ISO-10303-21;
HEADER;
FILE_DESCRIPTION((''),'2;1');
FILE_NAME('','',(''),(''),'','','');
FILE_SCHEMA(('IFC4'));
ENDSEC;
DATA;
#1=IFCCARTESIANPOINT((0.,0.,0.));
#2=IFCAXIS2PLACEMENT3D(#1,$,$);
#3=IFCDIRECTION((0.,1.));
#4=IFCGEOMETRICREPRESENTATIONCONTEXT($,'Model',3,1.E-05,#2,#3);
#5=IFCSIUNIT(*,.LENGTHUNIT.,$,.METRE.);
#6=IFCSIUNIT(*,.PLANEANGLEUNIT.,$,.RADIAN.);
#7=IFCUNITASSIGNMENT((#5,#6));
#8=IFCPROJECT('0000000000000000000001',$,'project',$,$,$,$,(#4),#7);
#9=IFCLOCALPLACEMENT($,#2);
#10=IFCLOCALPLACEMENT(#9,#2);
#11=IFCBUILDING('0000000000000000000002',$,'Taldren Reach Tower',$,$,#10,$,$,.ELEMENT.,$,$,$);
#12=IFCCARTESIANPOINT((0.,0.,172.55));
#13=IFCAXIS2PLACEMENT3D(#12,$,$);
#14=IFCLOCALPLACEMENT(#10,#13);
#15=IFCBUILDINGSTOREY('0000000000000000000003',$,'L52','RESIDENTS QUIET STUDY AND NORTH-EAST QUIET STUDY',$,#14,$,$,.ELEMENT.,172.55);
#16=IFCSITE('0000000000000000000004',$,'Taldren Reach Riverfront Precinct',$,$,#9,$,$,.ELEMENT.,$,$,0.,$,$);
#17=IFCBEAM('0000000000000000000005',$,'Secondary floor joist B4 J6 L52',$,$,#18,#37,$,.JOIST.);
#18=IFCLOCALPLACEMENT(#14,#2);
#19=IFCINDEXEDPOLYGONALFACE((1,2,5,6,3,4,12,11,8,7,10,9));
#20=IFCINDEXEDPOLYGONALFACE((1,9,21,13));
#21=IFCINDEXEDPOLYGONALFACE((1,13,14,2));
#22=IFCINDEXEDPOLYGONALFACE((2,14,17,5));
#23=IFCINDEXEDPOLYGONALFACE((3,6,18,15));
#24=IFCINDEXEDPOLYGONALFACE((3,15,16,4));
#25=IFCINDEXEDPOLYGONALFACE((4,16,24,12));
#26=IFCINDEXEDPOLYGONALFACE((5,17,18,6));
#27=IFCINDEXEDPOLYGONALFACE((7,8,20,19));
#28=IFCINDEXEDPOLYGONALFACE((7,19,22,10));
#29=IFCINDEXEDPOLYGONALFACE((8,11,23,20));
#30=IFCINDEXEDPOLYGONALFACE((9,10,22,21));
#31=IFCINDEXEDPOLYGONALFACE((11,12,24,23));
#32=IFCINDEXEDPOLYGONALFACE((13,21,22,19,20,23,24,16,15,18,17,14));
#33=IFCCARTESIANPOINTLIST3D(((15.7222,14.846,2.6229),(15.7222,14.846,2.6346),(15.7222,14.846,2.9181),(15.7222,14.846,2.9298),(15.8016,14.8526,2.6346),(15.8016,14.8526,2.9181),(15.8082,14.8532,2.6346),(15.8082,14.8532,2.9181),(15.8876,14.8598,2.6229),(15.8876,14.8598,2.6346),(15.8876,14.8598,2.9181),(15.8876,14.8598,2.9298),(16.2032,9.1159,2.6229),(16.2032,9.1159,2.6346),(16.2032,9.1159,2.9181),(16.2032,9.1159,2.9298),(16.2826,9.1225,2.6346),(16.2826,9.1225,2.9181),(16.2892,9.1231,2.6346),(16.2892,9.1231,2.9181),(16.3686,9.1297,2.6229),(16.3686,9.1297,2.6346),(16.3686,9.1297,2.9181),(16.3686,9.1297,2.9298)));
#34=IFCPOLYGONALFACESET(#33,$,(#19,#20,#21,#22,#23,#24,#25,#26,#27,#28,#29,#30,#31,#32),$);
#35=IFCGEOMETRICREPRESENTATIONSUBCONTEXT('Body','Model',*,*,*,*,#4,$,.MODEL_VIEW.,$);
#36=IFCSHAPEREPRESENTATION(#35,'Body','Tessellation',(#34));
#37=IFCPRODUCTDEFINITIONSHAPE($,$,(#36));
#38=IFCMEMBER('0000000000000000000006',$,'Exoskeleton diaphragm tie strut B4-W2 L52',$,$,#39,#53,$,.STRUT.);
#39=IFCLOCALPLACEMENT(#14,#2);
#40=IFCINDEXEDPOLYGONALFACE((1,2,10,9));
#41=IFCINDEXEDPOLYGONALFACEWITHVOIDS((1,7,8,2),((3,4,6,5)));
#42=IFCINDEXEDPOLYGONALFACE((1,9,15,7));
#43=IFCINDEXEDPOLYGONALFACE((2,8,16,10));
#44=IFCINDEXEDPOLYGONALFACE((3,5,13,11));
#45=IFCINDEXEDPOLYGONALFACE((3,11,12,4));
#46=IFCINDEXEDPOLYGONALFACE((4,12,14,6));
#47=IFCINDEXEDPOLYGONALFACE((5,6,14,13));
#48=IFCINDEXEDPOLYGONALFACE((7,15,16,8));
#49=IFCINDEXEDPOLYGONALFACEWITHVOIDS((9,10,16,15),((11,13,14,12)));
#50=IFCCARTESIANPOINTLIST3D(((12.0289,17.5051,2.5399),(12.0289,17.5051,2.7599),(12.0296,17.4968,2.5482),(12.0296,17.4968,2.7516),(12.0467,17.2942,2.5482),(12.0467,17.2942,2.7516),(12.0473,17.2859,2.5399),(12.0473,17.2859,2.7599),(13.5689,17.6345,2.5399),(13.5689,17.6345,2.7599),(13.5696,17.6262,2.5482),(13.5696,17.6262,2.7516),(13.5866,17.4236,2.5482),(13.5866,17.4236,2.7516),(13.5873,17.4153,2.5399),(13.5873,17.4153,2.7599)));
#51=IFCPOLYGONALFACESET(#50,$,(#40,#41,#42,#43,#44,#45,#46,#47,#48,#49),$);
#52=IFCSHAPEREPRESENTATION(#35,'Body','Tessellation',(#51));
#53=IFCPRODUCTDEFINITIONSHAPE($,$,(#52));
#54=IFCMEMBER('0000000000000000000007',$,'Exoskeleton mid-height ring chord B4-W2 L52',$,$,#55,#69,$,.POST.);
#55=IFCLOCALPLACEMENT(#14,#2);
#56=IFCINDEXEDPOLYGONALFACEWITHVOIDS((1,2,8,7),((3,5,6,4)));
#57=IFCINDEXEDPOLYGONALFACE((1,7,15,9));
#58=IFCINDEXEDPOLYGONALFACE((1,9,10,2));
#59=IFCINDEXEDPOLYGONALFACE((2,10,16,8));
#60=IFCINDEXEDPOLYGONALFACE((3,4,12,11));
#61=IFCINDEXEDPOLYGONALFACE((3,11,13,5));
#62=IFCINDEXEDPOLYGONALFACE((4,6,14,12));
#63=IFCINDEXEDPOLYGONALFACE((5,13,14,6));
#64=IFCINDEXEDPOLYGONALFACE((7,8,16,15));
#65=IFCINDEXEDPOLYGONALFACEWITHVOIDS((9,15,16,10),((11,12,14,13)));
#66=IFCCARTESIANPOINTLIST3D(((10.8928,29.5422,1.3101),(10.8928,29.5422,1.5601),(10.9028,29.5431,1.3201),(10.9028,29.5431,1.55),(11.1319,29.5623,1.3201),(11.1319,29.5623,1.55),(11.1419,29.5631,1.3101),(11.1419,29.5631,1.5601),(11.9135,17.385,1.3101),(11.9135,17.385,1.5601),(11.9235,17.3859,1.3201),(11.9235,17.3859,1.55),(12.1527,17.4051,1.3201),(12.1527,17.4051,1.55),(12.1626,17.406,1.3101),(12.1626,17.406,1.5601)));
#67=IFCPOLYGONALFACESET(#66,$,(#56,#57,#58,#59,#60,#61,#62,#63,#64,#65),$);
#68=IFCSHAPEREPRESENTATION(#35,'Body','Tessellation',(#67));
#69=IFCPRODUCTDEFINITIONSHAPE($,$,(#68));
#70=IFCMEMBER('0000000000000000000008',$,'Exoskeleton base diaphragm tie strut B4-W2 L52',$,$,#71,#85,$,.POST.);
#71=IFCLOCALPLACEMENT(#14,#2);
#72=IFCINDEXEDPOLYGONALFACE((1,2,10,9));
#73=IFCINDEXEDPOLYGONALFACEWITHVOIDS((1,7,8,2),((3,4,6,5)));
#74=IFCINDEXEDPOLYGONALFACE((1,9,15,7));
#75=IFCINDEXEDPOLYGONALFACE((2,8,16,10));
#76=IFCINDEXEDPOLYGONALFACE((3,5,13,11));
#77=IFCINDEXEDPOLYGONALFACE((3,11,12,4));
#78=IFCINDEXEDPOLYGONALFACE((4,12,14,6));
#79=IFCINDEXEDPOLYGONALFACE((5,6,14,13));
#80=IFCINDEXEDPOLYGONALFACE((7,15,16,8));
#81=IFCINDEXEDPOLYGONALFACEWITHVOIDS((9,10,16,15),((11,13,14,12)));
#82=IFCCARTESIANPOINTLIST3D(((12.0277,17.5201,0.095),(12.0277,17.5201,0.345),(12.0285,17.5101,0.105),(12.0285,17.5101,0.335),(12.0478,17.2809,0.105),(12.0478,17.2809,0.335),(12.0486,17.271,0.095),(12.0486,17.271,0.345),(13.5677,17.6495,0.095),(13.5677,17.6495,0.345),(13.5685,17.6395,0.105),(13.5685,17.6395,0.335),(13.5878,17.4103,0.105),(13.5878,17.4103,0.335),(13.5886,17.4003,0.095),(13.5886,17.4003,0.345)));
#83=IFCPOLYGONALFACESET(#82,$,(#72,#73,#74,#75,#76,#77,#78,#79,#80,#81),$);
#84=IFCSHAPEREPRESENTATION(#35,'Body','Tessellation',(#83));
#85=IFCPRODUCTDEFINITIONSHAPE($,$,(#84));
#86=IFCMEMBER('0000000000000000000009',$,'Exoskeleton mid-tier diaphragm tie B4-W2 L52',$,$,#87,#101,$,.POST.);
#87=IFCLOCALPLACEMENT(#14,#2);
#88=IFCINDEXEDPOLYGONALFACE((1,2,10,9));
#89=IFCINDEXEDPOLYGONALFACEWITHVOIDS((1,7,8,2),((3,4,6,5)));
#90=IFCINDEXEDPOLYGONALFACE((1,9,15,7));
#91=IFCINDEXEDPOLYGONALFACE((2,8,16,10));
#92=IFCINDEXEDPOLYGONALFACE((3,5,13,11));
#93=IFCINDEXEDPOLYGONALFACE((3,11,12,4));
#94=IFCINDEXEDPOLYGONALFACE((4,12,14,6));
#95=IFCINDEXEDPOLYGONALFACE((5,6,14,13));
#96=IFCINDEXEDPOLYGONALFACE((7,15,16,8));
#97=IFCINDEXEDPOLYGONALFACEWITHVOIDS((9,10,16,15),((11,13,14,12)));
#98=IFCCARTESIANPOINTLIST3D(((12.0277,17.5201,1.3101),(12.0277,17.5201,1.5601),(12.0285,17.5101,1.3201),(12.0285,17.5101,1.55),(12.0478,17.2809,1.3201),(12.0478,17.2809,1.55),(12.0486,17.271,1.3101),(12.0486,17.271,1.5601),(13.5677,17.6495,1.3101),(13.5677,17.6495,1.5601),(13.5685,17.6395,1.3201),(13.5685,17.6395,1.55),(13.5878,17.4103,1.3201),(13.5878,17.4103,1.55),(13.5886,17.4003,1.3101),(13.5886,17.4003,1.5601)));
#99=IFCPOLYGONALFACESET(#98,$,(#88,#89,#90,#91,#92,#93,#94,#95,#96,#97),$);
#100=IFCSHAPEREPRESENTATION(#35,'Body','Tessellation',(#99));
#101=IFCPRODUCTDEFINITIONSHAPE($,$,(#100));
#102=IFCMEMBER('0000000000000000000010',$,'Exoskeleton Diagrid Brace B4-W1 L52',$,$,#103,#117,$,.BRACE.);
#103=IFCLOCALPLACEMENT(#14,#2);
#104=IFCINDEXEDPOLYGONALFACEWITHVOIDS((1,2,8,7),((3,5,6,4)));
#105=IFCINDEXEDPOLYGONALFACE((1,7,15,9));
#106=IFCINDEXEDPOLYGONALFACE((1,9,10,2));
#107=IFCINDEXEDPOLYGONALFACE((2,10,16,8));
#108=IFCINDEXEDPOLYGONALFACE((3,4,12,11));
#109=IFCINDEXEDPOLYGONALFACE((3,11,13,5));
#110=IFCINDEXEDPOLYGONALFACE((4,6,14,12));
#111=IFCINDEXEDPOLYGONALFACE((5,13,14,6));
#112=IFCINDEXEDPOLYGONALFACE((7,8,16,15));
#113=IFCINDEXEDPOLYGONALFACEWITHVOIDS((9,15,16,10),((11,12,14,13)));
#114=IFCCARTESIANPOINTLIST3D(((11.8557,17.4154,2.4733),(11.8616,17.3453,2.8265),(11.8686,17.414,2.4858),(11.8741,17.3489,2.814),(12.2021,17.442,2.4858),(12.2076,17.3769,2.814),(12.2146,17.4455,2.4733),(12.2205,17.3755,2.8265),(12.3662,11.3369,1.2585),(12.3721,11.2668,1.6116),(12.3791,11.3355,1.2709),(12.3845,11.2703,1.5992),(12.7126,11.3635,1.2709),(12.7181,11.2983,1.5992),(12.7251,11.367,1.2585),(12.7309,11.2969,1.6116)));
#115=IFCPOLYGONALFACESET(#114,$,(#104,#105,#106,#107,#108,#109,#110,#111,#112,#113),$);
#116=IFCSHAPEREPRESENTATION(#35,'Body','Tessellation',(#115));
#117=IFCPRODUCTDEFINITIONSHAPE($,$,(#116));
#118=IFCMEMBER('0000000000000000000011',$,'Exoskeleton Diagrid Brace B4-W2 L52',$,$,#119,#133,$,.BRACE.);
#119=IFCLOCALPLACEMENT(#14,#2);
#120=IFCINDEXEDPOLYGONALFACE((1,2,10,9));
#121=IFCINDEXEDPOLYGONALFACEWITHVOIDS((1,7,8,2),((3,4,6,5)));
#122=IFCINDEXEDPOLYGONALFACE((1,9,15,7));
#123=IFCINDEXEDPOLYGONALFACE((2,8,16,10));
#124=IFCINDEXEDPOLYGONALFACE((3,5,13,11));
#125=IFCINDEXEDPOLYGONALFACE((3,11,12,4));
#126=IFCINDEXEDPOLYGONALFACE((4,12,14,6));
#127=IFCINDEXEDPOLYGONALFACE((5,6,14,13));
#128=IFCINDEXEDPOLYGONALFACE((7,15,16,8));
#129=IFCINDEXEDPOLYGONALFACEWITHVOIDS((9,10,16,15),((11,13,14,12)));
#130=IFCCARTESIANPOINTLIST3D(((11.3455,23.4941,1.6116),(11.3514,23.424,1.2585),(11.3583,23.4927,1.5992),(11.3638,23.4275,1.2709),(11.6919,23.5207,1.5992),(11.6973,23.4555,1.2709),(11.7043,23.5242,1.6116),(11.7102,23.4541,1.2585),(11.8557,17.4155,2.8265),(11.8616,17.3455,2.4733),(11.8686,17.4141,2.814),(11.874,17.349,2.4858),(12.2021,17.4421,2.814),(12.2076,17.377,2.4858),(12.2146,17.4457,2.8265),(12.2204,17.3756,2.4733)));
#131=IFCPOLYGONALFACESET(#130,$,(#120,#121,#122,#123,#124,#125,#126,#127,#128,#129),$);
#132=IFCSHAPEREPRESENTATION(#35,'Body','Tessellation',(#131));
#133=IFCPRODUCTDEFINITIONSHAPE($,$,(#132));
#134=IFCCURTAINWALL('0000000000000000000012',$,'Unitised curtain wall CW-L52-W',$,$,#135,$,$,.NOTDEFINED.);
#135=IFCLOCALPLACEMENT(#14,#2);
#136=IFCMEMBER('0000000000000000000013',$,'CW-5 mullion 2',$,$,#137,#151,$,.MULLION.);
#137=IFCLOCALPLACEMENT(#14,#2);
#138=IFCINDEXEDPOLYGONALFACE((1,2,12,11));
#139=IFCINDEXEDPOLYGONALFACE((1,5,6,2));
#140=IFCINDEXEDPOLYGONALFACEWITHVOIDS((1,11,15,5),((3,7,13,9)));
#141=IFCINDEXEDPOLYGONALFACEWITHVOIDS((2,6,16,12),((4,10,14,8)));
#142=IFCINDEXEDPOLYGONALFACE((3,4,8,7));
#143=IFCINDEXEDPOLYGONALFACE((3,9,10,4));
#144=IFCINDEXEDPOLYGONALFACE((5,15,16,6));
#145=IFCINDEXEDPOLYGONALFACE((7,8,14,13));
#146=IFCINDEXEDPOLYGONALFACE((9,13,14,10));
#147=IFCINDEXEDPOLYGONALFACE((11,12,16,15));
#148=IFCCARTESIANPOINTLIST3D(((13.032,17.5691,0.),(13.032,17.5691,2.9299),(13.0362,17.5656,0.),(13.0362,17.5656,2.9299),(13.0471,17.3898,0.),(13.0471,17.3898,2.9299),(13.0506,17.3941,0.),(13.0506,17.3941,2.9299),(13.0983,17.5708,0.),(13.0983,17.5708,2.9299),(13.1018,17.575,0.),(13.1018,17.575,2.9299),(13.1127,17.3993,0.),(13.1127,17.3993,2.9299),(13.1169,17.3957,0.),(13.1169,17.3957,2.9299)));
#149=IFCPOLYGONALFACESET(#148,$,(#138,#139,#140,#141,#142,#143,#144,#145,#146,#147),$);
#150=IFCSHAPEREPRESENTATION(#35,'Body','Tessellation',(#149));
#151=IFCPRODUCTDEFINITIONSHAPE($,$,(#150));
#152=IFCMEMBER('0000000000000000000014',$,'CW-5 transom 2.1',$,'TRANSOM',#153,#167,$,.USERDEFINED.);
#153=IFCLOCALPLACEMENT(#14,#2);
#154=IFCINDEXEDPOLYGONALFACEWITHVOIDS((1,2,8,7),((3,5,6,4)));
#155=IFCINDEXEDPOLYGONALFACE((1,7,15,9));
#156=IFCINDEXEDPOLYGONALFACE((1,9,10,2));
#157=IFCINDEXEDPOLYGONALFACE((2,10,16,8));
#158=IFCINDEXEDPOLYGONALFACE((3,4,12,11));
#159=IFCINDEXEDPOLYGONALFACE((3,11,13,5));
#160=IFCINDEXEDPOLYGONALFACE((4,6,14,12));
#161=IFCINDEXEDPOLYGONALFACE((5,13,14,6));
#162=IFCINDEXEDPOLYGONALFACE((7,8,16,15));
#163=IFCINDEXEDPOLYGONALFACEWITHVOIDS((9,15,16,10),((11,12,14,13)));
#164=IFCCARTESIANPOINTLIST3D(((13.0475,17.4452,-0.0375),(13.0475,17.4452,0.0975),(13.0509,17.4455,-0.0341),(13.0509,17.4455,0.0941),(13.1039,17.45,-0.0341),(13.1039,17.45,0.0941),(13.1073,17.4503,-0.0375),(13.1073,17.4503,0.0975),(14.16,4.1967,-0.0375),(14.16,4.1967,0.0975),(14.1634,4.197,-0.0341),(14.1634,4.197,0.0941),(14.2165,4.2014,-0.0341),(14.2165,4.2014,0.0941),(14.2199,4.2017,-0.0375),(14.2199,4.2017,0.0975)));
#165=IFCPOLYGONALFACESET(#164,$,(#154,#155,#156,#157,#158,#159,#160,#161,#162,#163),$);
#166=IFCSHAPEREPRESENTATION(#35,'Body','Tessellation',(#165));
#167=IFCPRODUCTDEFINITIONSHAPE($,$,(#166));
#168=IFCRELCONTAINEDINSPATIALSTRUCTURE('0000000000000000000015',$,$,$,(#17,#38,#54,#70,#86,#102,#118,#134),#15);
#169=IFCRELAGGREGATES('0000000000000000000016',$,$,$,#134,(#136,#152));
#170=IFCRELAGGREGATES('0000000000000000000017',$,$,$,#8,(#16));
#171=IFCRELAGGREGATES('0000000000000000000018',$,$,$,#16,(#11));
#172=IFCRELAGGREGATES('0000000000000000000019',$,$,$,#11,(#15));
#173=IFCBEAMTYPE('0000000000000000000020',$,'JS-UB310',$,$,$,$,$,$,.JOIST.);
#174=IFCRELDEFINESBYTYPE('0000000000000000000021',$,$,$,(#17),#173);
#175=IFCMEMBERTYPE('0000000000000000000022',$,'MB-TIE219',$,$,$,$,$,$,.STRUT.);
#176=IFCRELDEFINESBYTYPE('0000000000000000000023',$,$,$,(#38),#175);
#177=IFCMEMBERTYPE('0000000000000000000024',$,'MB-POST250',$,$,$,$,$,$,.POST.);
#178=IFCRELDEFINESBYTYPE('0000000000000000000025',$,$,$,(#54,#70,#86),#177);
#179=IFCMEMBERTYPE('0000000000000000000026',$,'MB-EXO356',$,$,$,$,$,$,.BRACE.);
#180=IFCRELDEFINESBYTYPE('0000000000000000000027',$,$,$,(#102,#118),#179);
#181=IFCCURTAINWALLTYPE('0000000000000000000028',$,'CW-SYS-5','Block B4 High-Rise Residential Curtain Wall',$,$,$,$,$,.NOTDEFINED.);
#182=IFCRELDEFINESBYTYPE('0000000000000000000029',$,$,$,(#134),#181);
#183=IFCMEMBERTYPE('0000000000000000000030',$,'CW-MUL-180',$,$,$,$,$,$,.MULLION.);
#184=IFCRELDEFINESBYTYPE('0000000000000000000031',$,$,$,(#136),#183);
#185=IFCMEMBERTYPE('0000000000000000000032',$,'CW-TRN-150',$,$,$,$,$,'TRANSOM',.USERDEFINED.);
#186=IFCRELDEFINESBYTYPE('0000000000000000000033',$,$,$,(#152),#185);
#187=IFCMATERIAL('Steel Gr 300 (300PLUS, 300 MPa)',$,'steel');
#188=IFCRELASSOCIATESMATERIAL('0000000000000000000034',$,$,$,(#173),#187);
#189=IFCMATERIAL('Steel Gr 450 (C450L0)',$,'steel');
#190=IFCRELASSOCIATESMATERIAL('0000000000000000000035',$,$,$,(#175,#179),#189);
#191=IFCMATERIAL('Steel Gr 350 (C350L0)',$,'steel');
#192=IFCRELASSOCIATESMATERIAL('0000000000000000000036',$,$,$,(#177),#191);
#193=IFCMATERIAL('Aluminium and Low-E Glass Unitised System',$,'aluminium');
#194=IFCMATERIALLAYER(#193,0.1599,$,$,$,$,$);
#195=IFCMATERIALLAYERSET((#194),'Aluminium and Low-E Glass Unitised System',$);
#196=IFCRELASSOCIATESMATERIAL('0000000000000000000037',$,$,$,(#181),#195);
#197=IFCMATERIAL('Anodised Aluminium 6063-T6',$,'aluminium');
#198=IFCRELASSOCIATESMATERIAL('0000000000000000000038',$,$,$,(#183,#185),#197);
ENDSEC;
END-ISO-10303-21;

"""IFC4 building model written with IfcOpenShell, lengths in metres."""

from ifc_helpers import new_model, si_unit, direction, frame, origin, origin_2d, place, context, subcontext, project, spatial, hollow_rectangle, i_section, extrude, source, transform, mapped, material, layer, layer_set, material_profile, profile_set, type_object, element, aggregate, save


model = new_model("IFC4")

# Units and contexts
model_context = context("Model", 3, precision=1e-05, world=origin(), true_north=direction((0.0, 1.0)))
body_context = subcontext(model_context, "Body", "Model", "MODEL_VIEW")
ifc_project = project(units=[si_unit("LENGTHUNIT", "METRE"), si_unit("PLANEANGLEUNIT", "RADIAN")], contexts=[model_context])

# Site, building, storey
site_placement = place(None, origin())
site = spatial("IfcSite", under=ifc_project, at=site_placement, Name="Taldren Reach Riverfront Precinct", CompositionType="ELEMENT", RefElevation=0.0)
building_placement = place(site_placement, origin())
building = spatial("IfcBuilding", under=site, at=building_placement, Name="Taldren Reach Tower", CompositionType="ELEMENT")
storey_placement = place(building_placement, frame((0.0, 0.0, 172.55)))
storey = spatial("IfcBuildingStorey", under=building, at=storey_placement, Name="L52", Description="RESIDENTS QUIET STUDY AND NORTH-EAST QUIET STUDY", CompositionType="ELEMENT", Elevation=172.55)

# Beam
ifc_material_1 = material(Name="Steel Gr 300 (300PLUS, 300 MPa)", Category="steel")
ifc_material_profile_1 = material_profile(ifc_material_1, i_section(OverallWidth=0.166, OverallDepth=0.3069, WebThickness=0.0066, FlangeThickness=0.0117, at=origin_2d()), Name="310UB46.2")
ifc_profile_set_1 = profile_set([ifc_material_profile_1], Name="Steel Gr 300 (300PLUS, 300 MPa)")
beam_type_1 = type_object("IfcBeamType", Name="JS-UB310", PredefinedType="JOIST", material=ifc_profile_set_1)
shared_shape_1 = source(origin(), body_context, "Body", "SweptSolid", [
    extrude(i_section(OverallWidth=0.166, OverallDepth=0.3069, WebThickness=0.0066, FlangeThickness=0.0117, at=origin_2d()), origin(), (0.0, 0.0, 1.0), 5.7502),
])
beam_1_placement = place(storey_placement, frame((16.2859, 9.1228, 2.7764), z_axis=(-0.083643, 0.996496, 0.0), x_axis=(-0.996496, -0.083643, 0.0)))
element("IfcBeam", 1, at=beam_1_placement, inside=storey, type_object=beam_type_1, Name="Secondary floor joist B4 J6 L52", PredefinedType="JOIST", context=body_context, shape_type="MappedRepresentation", body=[
    mapped(shared_shape_1, transform((0.0, 0.0, 0.0), scale=1.0)),
])

# Members
ifc_material_2 = material(Name="Steel Gr 450 (C450L0)", Category="steel")
ifc_material_profile_2 = material_profile(ifc_material_2, hollow_rectangle(XDim=0.22, YDim=0.22, WallThickness=0.0083, at=origin_2d()), Name="220x220x8.2SHS")
ifc_profile_set_2 = profile_set([ifc_material_profile_2], Name="Steel Gr 450 (C450L0)")
member_type_1 = type_object("IfcMemberType", Name="MB-TIE219", PredefinedType="STRUT", material=ifc_profile_set_2)
shared_shape_2 = source(origin(), body_context, "Body", "SweptSolid", [
    extrude(hollow_rectangle(XDim=0.22, YDim=0.22, WallThickness=0.0083, at=origin_2d()), origin(), (0.0, 0.0, 1.0), 1.5454),
])
member_1_placement = place(storey_placement, frame((13.5781, 17.5249, 2.6499), z_axis=(-0.996489, -0.083725, 0.0), x_axis=(0.083725, -0.996489, 0.0)))
element("IfcMember", 2, at=member_1_placement, inside=storey, type_object=member_type_1, Name="Exoskeleton diaphragm tie strut B4-W2 L52", PredefinedType="STRUT", context=body_context, shape_type="MappedRepresentation", body=[
    mapped(shared_shape_2, transform((0.0, 0.0, 0.0), scale=1.0)),
])
ifc_material_3 = material(Name="Steel Gr 350 (C350L0)", Category="steel")
ifc_material_profile_3 = material_profile(ifc_material_3, hollow_rectangle(XDim=0.25, YDim=0.25, WallThickness=0.01, at=origin_2d()), Name="250x250x10.0SHS")
ifc_profile_set_3 = profile_set([ifc_material_profile_3], Name="Steel Gr 350 (C350L0)")
member_type_2 = type_object("IfcMemberType", Name="MB-POST250", PredefinedType="POST", material=ifc_profile_set_3)
shared_shape_3 = source(origin(), body_context, "Body", "SweptSolid", [
    extrude(hollow_rectangle(XDim=0.25, YDim=0.25, WallThickness=0.01, at=origin_2d()), origin(), (0.0, 0.0, 1.0), 12.2),
])
member_2_placement = place(storey_placement, frame((12.0381, 17.3955, 1.4351), z_axis=(-0.083668, 0.996494, 0.0), x_axis=(-0.996494, -0.083668, 0.0)))
element("IfcMember", 3, at=member_2_placement, inside=storey, type_object=member_type_2, Name="Exoskeleton mid-height ring chord B4-W2 L52", PredefinedType="POST", context=body_context, shape_type="MappedRepresentation", body=[
    mapped(shared_shape_3, transform((0.0, 0.0, 0.0), scale=1.0)),
])
shared_shape_4 = source(origin(), body_context, "Body", "SweptSolid", [
    extrude(hollow_rectangle(XDim=0.25, YDim=0.25, WallThickness=0.01, at=origin_2d()), origin(), (0.0, 0.0, 1.0), 1.5454),
])
for number, where, z_axis, x_axis, name in (
    (4, (13.5781, 17.5249, 0.22), (-0.996489, -0.083725, 0.0), (0.083725, -0.996489, 0.0), "Exoskeleton base diaphragm tie strut B4-W2 L52"),
    (5, (13.5781, 17.5249, 1.4351), (-0.996489, -0.083725, 0.0), (0.083725, -0.996489, 0.0), "Exoskeleton mid-tier diaphragm tie B4-W2 L52"),
):
    element("IfcMember", number, at=place(storey_placement, frame(where, z_axis=z_axis, x_axis=x_axis)), inside=storey, type_object=member_type_2, Name=name, PredefinedType="POST", context=body_context, shape_type="MappedRepresentation", body=[
        mapped(shared_shape_4, transform((0.0, 0.0, 0.0), scale=1.0)),
    ])
ifc_material_profile_4 = material_profile(ifc_material_2, hollow_rectangle(XDim=0.3601, YDim=0.3601, WallThickness=0.0127, at=origin_2d()), Name="360x360x12.7SHS")
ifc_profile_set_4 = profile_set([ifc_material_profile_4], Name="Steel Gr 450 (C450L0)")
member_type_3 = type_object("IfcMemberType", Name="MB-EXO356", PredefinedType="BRACE", material=ifc_profile_set_4)
shared_shape_5 = source(origin(), body_context, "Body", "SweptSolid", [
    extrude(hollow_rectangle(XDim=0.3601, YDim=0.3601, WallThickness=0.0127, at=origin_2d()), origin(), (0.0, 0.0, 1.0), 6.2197),
])
for number, where, z_axis, x_axis, name in (
    (6, (12.5486, 11.3169, 1.4351), (-0.082076, 0.977299, 0.195319), (-0.996492, -0.083688, 0.0), "Exoskeleton Diagrid Brace B4-W1 L52"),
    (7, (11.5278, 23.4741, 1.4351), (0.082037, -0.977303, 0.195319), (0.996495, 0.083648, 0.0), "Exoskeleton Diagrid Brace B4-W2 L52"),
):
    element("IfcMember", number, at=place(storey_placement, frame(where, z_axis=z_axis, x_axis=x_axis)), inside=storey, type_object=member_type_3, Name=name, PredefinedType="BRACE", context=body_context, shape_type="MappedRepresentation", body=[
        mapped(shared_shape_5, transform((0.0, 0.0, 0.0), scale=1.0)),
    ])

# Curtain wall, members
ifc_material_4 = material(Name="Aluminium and Low-E Glass Unitised System", Category="aluminium")
ifc_layer_1 = layer(ifc_material_4, 0.1599)
ifc_layer_set_1 = layer_set([ifc_layer_1], Name="Aluminium and Low-E Glass Unitised System")
curtain_wall_type = type_object("IfcCurtainWallType", Name="CW-SYS-5", Description="Block B4 High-Rise Residential Curtain Wall", PredefinedType="NOTDEFINED", material=ifc_layer_set_1)
curtain_wall_placement = place(storey_placement, origin())
curtain_wall = element("IfcCurtainWall", 8, at=curtain_wall_placement, inside=storey, type_object=curtain_wall_type, Name="Unitised curtain wall CW-L52-W", PredefinedType="NOTDEFINED")
ifc_material_5 = material(Name="Anodised Aluminium 6063-T6", Category="aluminium")
ifc_material_profile_5 = material_profile(ifc_material_5, hollow_rectangle(XDim=0.0701, YDim=0.1799, WallThickness=0.0039, at=origin_2d()), Name="ALU-180x70x4RHS")
ifc_profile_set_5 = profile_set([ifc_material_profile_5], Name="Anodised Aluminium 6063-T6")
member_type_4 = type_object("IfcMemberType", Name="CW-MUL-180", PredefinedType="MULLION", material=ifc_profile_set_5)
shared_shape_6 = source(origin(), body_context, "Body", "SweptSolid", [
    extrude(hollow_rectangle(XDim=0.0701, YDim=0.1799, WallThickness=0.0039, at=origin_2d()), origin(), (0.0, 0.0, 1.0), 2.9299),
])
member_3_placement = place(storey_placement, frame((13.0745, 17.4824, 0.0), z_axis=(0.0, 0.0, 1.0), x_axis=(0.996493, 0.083678, 0.0)))
member_3 = element("IfcMember", 9, at=member_3_placement, type_object=member_type_4, Name="CW-5 mullion 2", PredefinedType="MULLION", context=body_context, shape_type="MappedRepresentation", body=[
    mapped(shared_shape_6, transform((0.0, 0.0, 0.0), scale=1.0)),
])
ifc_material_profile_6 = material_profile(ifc_material_5, hollow_rectangle(XDim=0.0601, YDim=0.135, WallThickness=0.0034, at=origin_2d()), Name="ALU-135x60x3.5RHS")
ifc_profile_set_6 = profile_set([ifc_material_profile_6], Name="Anodised Aluminium 6063-T6")
member_type_5 = type_object("IfcMemberType", Name="CW-TRN-150", ElementType="TRANSOM", PredefinedType="USERDEFINED", material=ifc_profile_set_6)
shared_shape_7 = source(origin(), body_context, "Body", "SweptSolid", [
    extrude(hollow_rectangle(XDim=0.0601, YDim=0.135, WallThickness=0.0034, at=origin_2d()), origin(), (0.0, 0.0, 1.0), 13.2952),
])
member_4_placement = place(storey_placement, frame((13.0774, 17.4478, 0.03), z_axis=(0.083681, -0.996493, 0.0), x_axis=(0.996493, 0.083681, 0.0)))
member_4 = element("IfcMember", 10, at=member_4_placement, type_object=member_type_5, Name="CW-5 transom 2.1", ObjectType="TRANSOM", PredefinedType="USERDEFINED", context=body_context, shape_type="MappedRepresentation", body=[
    mapped(shared_shape_7, transform((0.0, 0.0, 0.0), scale=1.0)),
])

aggregate(curtain_wall, [member_3, member_4])

save(model, "model.ifc")
